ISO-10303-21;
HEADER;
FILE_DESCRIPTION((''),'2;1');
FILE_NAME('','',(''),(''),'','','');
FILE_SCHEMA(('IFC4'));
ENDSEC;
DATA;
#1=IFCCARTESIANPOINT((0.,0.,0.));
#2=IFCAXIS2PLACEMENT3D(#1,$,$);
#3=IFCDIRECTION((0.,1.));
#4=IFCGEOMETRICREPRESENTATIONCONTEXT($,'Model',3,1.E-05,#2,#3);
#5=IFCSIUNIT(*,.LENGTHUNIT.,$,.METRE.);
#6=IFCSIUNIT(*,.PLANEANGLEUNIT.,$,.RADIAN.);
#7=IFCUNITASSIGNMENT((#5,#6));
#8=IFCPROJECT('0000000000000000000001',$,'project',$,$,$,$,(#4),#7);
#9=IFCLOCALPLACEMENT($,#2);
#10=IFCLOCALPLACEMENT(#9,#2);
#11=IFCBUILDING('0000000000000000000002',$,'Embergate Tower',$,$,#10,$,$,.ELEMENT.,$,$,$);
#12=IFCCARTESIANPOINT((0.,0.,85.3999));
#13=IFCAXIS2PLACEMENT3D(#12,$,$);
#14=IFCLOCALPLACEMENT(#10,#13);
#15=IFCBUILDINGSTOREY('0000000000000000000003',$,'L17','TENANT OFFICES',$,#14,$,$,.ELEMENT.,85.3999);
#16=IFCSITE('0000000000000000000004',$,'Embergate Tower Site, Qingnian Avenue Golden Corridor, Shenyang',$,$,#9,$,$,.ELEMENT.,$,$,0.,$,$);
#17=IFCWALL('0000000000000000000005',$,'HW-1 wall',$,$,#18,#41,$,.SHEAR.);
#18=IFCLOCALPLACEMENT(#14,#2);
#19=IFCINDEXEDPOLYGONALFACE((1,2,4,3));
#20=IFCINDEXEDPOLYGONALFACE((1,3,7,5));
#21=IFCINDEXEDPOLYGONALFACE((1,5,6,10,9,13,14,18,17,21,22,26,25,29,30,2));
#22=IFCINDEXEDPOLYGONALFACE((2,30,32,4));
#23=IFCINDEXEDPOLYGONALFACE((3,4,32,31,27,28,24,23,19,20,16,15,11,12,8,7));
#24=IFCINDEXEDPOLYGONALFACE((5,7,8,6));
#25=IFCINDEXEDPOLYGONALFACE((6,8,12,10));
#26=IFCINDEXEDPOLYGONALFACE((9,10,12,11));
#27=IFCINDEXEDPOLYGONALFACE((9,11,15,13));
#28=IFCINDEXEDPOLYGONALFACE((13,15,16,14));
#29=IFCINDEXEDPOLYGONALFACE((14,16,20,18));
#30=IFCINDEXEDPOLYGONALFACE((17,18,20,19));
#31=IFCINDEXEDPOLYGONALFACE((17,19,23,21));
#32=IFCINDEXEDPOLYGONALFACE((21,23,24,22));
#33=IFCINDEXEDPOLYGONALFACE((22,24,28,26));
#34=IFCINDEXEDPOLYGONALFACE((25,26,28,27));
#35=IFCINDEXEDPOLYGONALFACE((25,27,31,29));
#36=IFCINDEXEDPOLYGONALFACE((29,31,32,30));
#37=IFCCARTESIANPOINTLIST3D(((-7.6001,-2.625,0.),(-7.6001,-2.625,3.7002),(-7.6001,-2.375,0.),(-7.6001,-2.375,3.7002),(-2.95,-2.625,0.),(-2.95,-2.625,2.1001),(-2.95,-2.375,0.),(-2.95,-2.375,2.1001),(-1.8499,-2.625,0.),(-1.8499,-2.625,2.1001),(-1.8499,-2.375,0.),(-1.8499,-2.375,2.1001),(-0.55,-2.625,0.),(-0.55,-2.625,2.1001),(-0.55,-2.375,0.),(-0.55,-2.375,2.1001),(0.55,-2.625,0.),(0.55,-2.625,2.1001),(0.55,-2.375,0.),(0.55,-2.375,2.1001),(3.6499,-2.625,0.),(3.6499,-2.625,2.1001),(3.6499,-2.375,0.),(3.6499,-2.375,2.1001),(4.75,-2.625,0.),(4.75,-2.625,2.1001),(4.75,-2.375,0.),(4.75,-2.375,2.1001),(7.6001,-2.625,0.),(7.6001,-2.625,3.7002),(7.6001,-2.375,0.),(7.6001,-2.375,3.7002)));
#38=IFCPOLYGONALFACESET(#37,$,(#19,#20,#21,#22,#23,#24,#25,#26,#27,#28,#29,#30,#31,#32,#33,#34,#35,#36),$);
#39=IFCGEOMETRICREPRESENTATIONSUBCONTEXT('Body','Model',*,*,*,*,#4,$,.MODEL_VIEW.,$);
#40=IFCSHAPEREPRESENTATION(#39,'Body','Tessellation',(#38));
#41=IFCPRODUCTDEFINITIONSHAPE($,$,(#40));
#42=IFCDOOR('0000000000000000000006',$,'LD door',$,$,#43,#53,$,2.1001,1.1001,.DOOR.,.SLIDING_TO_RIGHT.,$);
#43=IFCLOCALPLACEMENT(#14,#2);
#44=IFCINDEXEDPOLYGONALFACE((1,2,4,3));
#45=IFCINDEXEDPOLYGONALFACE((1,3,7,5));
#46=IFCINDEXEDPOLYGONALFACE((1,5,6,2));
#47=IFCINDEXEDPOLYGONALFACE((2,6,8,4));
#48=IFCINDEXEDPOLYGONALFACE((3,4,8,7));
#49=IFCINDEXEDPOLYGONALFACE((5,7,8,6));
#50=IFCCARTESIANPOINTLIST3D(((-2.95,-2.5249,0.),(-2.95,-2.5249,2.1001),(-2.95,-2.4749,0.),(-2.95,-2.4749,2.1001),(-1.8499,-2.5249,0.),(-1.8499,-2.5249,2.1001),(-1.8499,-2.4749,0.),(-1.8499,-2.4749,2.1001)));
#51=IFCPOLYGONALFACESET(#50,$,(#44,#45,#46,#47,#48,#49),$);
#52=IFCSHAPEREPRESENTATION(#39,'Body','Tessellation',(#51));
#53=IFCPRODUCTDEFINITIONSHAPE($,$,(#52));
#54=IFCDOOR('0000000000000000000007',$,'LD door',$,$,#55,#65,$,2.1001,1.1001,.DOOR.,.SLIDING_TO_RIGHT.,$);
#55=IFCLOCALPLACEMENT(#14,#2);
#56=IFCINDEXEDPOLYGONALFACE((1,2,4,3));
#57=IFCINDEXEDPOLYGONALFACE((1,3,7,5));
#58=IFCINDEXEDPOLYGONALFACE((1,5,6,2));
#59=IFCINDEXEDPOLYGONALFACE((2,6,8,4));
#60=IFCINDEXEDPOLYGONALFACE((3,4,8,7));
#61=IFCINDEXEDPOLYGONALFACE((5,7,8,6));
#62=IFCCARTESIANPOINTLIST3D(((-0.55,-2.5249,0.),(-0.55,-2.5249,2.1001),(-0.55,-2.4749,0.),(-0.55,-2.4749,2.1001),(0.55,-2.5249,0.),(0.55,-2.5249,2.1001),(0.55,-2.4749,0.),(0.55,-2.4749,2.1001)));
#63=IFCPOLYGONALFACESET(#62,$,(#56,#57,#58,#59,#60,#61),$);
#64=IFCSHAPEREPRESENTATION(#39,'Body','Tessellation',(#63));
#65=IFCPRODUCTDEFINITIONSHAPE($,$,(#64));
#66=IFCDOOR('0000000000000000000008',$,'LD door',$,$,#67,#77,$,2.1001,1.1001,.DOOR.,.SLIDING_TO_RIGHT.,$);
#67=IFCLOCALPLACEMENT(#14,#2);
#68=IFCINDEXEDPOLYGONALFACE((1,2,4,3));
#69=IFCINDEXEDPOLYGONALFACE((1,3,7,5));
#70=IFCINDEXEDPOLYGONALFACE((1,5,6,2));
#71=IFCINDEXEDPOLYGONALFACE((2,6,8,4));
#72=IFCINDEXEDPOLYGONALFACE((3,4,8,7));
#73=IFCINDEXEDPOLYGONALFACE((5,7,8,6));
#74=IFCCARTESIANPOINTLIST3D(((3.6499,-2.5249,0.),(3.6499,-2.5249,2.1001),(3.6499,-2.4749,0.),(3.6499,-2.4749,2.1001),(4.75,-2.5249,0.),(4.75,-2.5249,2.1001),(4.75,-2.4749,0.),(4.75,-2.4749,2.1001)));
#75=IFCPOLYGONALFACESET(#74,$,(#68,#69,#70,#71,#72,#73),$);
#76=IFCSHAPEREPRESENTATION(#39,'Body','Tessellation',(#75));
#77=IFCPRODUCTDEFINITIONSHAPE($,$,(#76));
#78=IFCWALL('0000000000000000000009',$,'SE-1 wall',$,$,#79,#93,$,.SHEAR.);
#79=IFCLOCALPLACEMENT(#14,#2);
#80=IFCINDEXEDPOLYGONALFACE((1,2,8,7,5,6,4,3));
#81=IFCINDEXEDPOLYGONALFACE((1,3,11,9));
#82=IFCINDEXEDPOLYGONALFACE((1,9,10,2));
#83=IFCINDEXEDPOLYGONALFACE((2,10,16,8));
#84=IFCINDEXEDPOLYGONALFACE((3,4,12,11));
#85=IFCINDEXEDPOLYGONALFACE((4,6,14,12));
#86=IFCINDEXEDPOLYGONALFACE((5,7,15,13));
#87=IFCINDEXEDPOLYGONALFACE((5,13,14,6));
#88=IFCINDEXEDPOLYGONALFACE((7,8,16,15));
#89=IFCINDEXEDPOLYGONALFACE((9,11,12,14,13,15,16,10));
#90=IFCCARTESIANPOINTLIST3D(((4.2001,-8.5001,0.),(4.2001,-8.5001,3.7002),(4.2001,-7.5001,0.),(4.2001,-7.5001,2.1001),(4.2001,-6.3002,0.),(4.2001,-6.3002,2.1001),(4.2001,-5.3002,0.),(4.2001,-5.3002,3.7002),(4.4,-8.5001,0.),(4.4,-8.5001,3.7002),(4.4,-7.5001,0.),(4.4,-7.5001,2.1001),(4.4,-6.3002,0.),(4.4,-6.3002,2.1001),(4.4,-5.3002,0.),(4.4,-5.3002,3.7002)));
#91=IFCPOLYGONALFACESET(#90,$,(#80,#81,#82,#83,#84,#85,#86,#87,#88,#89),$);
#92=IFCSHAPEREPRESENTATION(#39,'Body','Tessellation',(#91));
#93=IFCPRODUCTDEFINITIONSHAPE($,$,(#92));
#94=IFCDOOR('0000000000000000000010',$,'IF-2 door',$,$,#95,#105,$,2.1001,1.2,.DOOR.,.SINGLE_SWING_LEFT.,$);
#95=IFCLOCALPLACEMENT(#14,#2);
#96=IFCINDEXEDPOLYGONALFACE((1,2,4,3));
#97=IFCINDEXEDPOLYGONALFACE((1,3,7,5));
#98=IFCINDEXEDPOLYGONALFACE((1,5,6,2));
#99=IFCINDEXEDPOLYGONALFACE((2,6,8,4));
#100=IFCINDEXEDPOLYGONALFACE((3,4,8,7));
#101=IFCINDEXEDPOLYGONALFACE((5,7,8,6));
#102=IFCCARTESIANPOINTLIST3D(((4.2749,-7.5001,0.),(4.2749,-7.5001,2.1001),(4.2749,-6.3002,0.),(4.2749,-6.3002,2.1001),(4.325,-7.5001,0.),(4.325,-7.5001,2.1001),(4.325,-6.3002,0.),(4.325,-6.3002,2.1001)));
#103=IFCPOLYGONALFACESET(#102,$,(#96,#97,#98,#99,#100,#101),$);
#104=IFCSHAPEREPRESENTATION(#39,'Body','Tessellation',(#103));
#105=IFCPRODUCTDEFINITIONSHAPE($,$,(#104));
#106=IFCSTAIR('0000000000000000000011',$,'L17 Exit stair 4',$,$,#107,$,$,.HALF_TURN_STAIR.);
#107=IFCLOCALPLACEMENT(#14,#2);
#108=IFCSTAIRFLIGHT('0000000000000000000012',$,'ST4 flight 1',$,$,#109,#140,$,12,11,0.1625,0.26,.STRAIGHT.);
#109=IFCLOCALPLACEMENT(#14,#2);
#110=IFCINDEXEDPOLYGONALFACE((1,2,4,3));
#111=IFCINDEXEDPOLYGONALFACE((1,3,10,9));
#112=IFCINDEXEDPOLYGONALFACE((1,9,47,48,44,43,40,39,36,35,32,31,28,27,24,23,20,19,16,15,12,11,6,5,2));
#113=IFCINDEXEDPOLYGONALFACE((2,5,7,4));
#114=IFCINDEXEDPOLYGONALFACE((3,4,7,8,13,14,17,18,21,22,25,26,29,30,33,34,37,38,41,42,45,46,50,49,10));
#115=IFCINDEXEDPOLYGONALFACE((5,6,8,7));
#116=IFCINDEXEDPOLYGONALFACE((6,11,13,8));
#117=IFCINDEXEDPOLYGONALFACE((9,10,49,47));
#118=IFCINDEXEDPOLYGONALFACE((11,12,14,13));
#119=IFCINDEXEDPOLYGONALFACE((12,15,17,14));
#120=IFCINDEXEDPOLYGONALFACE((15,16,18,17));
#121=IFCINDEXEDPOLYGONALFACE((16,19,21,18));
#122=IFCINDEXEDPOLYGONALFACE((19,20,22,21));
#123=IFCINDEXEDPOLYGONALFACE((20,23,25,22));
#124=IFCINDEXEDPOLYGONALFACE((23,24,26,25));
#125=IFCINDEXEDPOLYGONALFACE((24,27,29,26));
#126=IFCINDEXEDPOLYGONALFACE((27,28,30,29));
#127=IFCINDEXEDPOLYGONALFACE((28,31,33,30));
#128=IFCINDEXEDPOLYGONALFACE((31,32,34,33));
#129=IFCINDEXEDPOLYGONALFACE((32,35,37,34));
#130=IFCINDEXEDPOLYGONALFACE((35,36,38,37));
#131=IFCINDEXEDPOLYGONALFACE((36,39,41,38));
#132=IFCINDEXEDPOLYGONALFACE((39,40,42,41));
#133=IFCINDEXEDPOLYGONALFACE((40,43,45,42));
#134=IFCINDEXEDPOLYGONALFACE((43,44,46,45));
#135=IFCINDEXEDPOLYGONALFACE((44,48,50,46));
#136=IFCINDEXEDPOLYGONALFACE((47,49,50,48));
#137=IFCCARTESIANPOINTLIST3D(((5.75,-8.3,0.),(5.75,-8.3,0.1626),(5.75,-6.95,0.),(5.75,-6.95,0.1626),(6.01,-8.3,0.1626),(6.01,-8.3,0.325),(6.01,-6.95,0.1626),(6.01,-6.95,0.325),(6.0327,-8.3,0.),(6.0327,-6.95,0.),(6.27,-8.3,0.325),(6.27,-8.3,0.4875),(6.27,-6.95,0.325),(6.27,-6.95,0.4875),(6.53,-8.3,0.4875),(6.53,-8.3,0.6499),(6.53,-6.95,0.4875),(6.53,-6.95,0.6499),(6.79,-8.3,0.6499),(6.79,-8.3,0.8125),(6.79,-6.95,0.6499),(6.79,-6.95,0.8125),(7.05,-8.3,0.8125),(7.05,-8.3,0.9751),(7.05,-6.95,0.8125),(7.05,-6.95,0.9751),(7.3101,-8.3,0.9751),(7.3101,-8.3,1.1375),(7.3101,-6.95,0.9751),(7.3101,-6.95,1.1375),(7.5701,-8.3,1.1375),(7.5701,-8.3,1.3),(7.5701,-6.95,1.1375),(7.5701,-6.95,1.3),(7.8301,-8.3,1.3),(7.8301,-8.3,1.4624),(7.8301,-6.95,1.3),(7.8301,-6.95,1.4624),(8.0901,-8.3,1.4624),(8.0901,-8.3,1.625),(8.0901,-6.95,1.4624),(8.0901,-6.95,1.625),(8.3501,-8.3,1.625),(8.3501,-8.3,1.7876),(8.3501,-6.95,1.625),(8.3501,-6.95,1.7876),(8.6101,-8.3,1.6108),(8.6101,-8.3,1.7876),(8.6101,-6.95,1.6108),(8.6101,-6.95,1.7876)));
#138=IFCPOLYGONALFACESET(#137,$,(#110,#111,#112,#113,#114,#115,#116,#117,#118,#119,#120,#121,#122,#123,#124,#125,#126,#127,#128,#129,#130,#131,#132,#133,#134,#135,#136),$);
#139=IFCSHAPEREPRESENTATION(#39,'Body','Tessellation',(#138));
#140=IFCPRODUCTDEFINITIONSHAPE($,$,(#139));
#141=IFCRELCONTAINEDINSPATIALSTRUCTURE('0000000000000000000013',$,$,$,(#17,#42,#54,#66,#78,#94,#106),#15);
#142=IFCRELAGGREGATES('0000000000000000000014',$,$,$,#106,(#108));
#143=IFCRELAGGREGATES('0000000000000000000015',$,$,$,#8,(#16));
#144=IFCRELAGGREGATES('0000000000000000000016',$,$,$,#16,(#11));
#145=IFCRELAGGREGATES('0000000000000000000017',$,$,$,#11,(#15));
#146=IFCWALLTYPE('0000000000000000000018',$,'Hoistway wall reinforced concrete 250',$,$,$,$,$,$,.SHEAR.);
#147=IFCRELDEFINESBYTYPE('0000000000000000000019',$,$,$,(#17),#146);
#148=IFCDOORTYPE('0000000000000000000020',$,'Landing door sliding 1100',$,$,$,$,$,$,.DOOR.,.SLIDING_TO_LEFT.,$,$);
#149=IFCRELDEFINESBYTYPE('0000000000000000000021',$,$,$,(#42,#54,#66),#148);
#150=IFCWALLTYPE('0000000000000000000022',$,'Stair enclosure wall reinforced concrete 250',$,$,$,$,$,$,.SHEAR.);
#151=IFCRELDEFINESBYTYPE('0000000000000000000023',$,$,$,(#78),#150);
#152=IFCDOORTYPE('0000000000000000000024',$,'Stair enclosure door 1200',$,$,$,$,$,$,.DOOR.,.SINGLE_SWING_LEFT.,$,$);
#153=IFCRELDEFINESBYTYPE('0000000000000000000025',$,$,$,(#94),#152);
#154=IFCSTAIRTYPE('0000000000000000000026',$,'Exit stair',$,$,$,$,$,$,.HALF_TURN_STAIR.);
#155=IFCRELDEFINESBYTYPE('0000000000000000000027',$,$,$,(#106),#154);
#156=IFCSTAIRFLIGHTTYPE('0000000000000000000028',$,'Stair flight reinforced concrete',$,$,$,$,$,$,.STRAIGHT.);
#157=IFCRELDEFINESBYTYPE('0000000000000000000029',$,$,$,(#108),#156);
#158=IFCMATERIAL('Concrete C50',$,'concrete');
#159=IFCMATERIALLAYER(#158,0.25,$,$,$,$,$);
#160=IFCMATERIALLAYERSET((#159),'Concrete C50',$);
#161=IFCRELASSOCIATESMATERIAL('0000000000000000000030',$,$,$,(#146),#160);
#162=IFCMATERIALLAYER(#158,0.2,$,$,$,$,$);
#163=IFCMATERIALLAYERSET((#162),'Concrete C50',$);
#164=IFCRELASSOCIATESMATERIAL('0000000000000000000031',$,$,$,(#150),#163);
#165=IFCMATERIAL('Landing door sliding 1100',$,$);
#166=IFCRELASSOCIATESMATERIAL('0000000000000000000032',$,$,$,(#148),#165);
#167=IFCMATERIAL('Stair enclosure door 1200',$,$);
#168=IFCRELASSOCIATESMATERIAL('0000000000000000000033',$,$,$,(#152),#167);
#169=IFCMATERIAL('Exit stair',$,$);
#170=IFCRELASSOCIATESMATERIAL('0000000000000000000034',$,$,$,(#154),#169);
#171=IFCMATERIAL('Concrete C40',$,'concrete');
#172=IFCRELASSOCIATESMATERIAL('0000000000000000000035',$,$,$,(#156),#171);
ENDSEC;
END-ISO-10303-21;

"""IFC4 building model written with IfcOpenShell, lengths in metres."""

from ifc_helpers import new_model, si_unit, direction, frame, frame_2d, origin, place, context, subcontext, project, spatial, polyline, rectangle, outline, extrude, source, transform, mapped, material, layer, layer_set, type_object, element, fill, aggregate, save


model = new_model("IFC4")

# Units and contexts
model_context = context("Model", 3, precision=1e-05, world=origin(), true_north=direction((0.0, 1.0)))
body_context = subcontext(model_context, "Body", "Model", "MODEL_VIEW")
ifc_project = project(units=[si_unit("LENGTHUNIT", "METRE"), si_unit("PLANEANGLEUNIT", "RADIAN")], contexts=[model_context])

# Site, building, storey
site_placement = place(None, origin())
site = spatial("IfcSite", under=ifc_project, at=site_placement, Name="Embergate Tower Site, Qingnian Avenue Golden Corridor, Shenyang", CompositionType="ELEMENT", RefElevation=0.0)
building_placement = place(site_placement, origin())
building = spatial("IfcBuilding", under=site, at=building_placement, Name="Embergate Tower", CompositionType="ELEMENT")
storey_placement = place(building_placement, frame((0.0, 0.0, 85.3999)))
storey = spatial("IfcBuildingStorey", under=building, at=storey_placement, Name="L17", Description="TENANT OFFICES", CompositionType="ELEMENT", Elevation=85.3999)

# Shared definitions
ifc_material_1 = material(Name="Concrete C50", Category="concrete")
ifc_layer_1 = layer(ifc_material_1, 0.25)
ifc_layer_set_1 = layer_set([ifc_layer_1], Name="Concrete C50")
wall_type_1 = type_object("IfcWallType", Name="Hoistway wall reinforced concrete 250", PredefinedType="SHEAR", material=ifc_layer_set_1)
ifc_layer_2 = layer(ifc_material_1, 0.2)
ifc_layer_set_2 = layer_set([ifc_layer_2], Name="Concrete C50")
wall_type_2 = type_object("IfcWallType", Name="Stair enclosure wall reinforced concrete 250", PredefinedType="SHEAR", material=ifc_layer_set_2)

# Wall, openings, doors
shared_shape_1 = source(origin(), body_context, "Body", "SweptSolid", [
    extrude(rectangle(XDim=15.2002, YDim=0.25, at=frame_2d((7.6001, 0.0))), origin(), (0.0, 0.0, 1.0), 3.7002),
])
wall_1_placement = place(storey_placement, frame((7.6001, -2.5, 0.0), z_axis=(0.0, 0.0, 1.0), x_axis=(-1.0, 0.0, 0.0)))
wall_1 = element("IfcWall", 1, at=wall_1_placement, inside=storey, type_object=wall_type_1, Name="HW-1 wall", PredefinedType="SHEAR", context=body_context, shape_type="MappedRepresentation", body=[
    mapped(shared_shape_1, transform((0.0, 0.0, 0.0))),
])
shared_shape_2 = source(origin(), body_context, "Body", "SweptSolid", [
    extrude(rectangle(XDim=1.1001, YDim=2.1001, at=frame_2d((0.55, 1.05))), frame((0.0, 0.135, 0.0), z_axis=(0.0, -1.0, 0.0), x_axis=(1.0, 0.0, 0.0)), (0.0, 0.0, 1.0), 0.27),
])
opening_1_placement = place(wall_1_placement, frame((9.45, 0.0, 0.0)))
opening_1 = element("IfcOpeningElement", 2, at=opening_1_placement, cuts=wall_1, PredefinedType="OPENING", context=body_context, shape_type="MappedRepresentation", body=[
    mapped(shared_shape_2, transform((0.0, 0.0, 0.0))),
])
opening_2_placement = place(wall_1_placement, frame((7.05, 0.0, 0.0)))
opening_2 = element("IfcOpeningElement", 3, at=opening_2_placement, cuts=wall_1, PredefinedType="OPENING", context=body_context, shape_type="MappedRepresentation", body=[
    mapped(shared_shape_2, transform((0.0, 0.0, 0.0))),
])
opening_3_placement = place(wall_1_placement, frame((2.8501, 0.0, 0.0)))
opening_3 = element("IfcOpeningElement", 4, at=opening_3_placement, cuts=wall_1, PredefinedType="OPENING", context=body_context, shape_type="MappedRepresentation", body=[
    mapped(shared_shape_2, transform((0.0, 0.0, 0.0))),
])
ifc_material_2 = material(Name="Landing door sliding 1100")
door_type_1 = type_object("IfcDoorType", Name="Landing door sliding 1100", OperationType="SLIDING_TO_LEFT", PredefinedType="DOOR", material=ifc_material_2)
shared_shape_3 = source(origin(), body_context, "Body", "SweptSolid", [
    extrude(rectangle(XDim=1.1001, YDim=2.1001, at=frame_2d((0.55, 1.05))), frame((0.0, 0.0249, 0.0), z_axis=(0.0, -1.0, 0.0), x_axis=(1.0, 0.0, 0.0)), (0.0, 0.0, 1.0), 0.05),
])
door_1_placement = place(opening_1_placement, origin())
door_1 = element("IfcDoor", 5, at=door_1_placement, inside=storey, type_object=door_type_1, Name="LD door", OperationType="SLIDING_TO_RIGHT", OverallHeight=2.1001, OverallWidth=1.1001, PredefinedType="DOOR", context=body_context, shape_type="MappedRepresentation", body=[
    mapped(shared_shape_3, transform((0.0, 0.0, 0.0))),
])
fill(opening_1, door_1)
door_2_placement = place(opening_2_placement, origin())
door_2 = element("IfcDoor", 6, at=door_2_placement, inside=storey, type_object=door_type_1, Name="LD door", OperationType="SLIDING_TO_RIGHT", OverallHeight=2.1001, OverallWidth=1.1001, PredefinedType="DOOR", context=body_context, shape_type="MappedRepresentation", body=[
    mapped(shared_shape_3, transform((0.0, 0.0, 0.0))),
])
fill(opening_2, door_2)
door_3_placement = place(opening_3_placement, origin())
door_3 = element("IfcDoor", 7, at=door_3_placement, inside=storey, type_object=door_type_1, Name="LD door", OperationType="SLIDING_TO_RIGHT", OverallHeight=2.1001, OverallWidth=1.1001, PredefinedType="DOOR", context=body_context, shape_type="MappedRepresentation", body=[
    mapped(shared_shape_3, transform((0.0, 0.0, 0.0))),
])
fill(opening_3, door_3)

# Wall, opening, door
shared_shape_4 = source(origin(), body_context, "Body", "SweptSolid", [
    extrude(rectangle(XDim=3.2, YDim=0.2, at=frame_2d((1.6001, 0.0))), origin(), (0.0, 0.0, 1.0), 3.7002),
])
wall_2_placement = place(storey_placement, frame((4.3, -5.3, 0.0), z_axis=(0.0, 0.0, 1.0), x_axis=(0.0, -1.0, 0.0)))
wall_2 = element("IfcWall", 8, at=wall_2_placement, inside=storey, type_object=wall_type_2, Name="SE-1 wall", PredefinedType="SHEAR", context=body_context, shape_type="MappedRepresentation", body=[
    mapped(shared_shape_4, transform((0.0, 0.0, 0.0))),
])
shared_shape_5 = source(origin(), body_context, "Body", "SweptSolid", [
    extrude(rectangle(XDim=1.2, YDim=2.1001, at=frame_2d((0.6001, 1.05))), frame((0.0, 0.1099, 0.0), z_axis=(0.0, -1.0, 0.0), x_axis=(1.0, 0.0, 0.0)), (0.0, 0.0, 1.0), 0.22),
])
opening_4_placement = place(wall_2_placement, frame((1.0, 0.0, 0.0)))
opening_4 = element("IfcOpeningElement", 9, at=opening_4_placement, cuts=wall_2, PredefinedType="OPENING", context=body_context, shape_type="MappedRepresentation", body=[
    mapped(shared_shape_5, transform((0.0, 0.0, 0.0))),
])
ifc_material_3 = material(Name="Stair enclosure door 1200")
door_type_2 = type_object("IfcDoorType", Name="Stair enclosure door 1200", OperationType="SINGLE_SWING_LEFT", PredefinedType="DOOR", material=ifc_material_3)
shared_shape_6 = source(origin(), body_context, "Body", "SweptSolid", [
    extrude(rectangle(XDim=1.2, YDim=2.1001, at=frame_2d((0.6001, 1.05))), frame((0.0, 0.0249, 0.0), z_axis=(0.0, -1.0, 0.0), x_axis=(1.0, 0.0, 0.0)), (0.0, 0.0, 1.0), 0.05),
])
door_4_placement = place(opening_4_placement, origin())
door_4 = element("IfcDoor", 10, at=door_4_placement, inside=storey, type_object=door_type_2, Name="IF-2 door", OperationType="SINGLE_SWING_LEFT", OverallHeight=2.1001, OverallWidth=1.2, PredefinedType="DOOR", context=body_context, shape_type="MappedRepresentation", body=[
    mapped(shared_shape_6, transform((0.0, 0.0, 0.0))),
])
fill(opening_4, door_4)

# Stair, stair flight
ifc_material_4 = material(Name="Exit stair")
stair_type = type_object("IfcStairType", Name="Exit stair", PredefinedType="HALF_TURN_STAIR", material=ifc_material_4)
stair_placement = place(storey_placement, origin())
stair = element("IfcStair", 11, at=stair_placement, inside=storey, type_object=stair_type, Name="L17 Exit stair 4", PredefinedType="HALF_TURN_STAIR")
ifc_material_5 = material(Name="Concrete C40", Category="concrete")
stair_flight_type = type_object("IfcStairFlightType", Name="Stair flight reinforced concrete", PredefinedType="STRAIGHT", material=ifc_material_5)
shared_shape_7 = source(origin(), body_context, "Body", "SweptSolid", [
    extrude(outline(polyline([(0.0, 0.0), (0.0, 0.1626), (0.26, 0.1626), (0.26, 0.325), (0.52, 0.325), (0.52, 0.4875), (0.78, 0.4875), (0.78, 0.6499), (1.04, 0.6499), (1.04, 0.8125), (1.3, 0.8125), (1.3, 0.9751), (1.5601, 0.9751), (1.5601, 1.1375), (1.8201, 1.1375), (1.8201, 1.3), (2.0801, 1.3), (2.0801, 1.4624), (2.3401, 1.4624), (2.3401, 1.625), (2.6001, 1.625), (2.6001, 1.7876), (2.8601, 1.7876), (2.8601, 1.95), (2.8601, 1.6108), (0.2827, 0.0), (0.0, 0.0)])), frame((0.0, 0.675, 0.0), z_axis=(0.0, -1.0, 0.0), x_axis=(1.0, 0.0, 0.0)), (0.0, 0.0, 1.0), 1.3501),
])
stair_flight_placement = place(storey_placement, frame((5.75, -7.625, 0.0), z_axis=(0.0, 0.0, 1.0), x_axis=(1.0, 0.0, 0.0)))
stair_flight = element("IfcStairFlight", 12, at=stair_flight_placement, type_object=stair_flight_type, Name="ST4 flight 1", NumberOfRisers=12, NumberOfTreads=11, PredefinedType="STRAIGHT", RiserHeight=0.1625, TreadLength=0.26, context=body_context, shape_type="MappedRepresentation", body=[
    mapped(shared_shape_7, transform((0.0, 0.0, 0.0))),
])
aggregate(stair, [stair_flight])

save(model, "model.ifc")
